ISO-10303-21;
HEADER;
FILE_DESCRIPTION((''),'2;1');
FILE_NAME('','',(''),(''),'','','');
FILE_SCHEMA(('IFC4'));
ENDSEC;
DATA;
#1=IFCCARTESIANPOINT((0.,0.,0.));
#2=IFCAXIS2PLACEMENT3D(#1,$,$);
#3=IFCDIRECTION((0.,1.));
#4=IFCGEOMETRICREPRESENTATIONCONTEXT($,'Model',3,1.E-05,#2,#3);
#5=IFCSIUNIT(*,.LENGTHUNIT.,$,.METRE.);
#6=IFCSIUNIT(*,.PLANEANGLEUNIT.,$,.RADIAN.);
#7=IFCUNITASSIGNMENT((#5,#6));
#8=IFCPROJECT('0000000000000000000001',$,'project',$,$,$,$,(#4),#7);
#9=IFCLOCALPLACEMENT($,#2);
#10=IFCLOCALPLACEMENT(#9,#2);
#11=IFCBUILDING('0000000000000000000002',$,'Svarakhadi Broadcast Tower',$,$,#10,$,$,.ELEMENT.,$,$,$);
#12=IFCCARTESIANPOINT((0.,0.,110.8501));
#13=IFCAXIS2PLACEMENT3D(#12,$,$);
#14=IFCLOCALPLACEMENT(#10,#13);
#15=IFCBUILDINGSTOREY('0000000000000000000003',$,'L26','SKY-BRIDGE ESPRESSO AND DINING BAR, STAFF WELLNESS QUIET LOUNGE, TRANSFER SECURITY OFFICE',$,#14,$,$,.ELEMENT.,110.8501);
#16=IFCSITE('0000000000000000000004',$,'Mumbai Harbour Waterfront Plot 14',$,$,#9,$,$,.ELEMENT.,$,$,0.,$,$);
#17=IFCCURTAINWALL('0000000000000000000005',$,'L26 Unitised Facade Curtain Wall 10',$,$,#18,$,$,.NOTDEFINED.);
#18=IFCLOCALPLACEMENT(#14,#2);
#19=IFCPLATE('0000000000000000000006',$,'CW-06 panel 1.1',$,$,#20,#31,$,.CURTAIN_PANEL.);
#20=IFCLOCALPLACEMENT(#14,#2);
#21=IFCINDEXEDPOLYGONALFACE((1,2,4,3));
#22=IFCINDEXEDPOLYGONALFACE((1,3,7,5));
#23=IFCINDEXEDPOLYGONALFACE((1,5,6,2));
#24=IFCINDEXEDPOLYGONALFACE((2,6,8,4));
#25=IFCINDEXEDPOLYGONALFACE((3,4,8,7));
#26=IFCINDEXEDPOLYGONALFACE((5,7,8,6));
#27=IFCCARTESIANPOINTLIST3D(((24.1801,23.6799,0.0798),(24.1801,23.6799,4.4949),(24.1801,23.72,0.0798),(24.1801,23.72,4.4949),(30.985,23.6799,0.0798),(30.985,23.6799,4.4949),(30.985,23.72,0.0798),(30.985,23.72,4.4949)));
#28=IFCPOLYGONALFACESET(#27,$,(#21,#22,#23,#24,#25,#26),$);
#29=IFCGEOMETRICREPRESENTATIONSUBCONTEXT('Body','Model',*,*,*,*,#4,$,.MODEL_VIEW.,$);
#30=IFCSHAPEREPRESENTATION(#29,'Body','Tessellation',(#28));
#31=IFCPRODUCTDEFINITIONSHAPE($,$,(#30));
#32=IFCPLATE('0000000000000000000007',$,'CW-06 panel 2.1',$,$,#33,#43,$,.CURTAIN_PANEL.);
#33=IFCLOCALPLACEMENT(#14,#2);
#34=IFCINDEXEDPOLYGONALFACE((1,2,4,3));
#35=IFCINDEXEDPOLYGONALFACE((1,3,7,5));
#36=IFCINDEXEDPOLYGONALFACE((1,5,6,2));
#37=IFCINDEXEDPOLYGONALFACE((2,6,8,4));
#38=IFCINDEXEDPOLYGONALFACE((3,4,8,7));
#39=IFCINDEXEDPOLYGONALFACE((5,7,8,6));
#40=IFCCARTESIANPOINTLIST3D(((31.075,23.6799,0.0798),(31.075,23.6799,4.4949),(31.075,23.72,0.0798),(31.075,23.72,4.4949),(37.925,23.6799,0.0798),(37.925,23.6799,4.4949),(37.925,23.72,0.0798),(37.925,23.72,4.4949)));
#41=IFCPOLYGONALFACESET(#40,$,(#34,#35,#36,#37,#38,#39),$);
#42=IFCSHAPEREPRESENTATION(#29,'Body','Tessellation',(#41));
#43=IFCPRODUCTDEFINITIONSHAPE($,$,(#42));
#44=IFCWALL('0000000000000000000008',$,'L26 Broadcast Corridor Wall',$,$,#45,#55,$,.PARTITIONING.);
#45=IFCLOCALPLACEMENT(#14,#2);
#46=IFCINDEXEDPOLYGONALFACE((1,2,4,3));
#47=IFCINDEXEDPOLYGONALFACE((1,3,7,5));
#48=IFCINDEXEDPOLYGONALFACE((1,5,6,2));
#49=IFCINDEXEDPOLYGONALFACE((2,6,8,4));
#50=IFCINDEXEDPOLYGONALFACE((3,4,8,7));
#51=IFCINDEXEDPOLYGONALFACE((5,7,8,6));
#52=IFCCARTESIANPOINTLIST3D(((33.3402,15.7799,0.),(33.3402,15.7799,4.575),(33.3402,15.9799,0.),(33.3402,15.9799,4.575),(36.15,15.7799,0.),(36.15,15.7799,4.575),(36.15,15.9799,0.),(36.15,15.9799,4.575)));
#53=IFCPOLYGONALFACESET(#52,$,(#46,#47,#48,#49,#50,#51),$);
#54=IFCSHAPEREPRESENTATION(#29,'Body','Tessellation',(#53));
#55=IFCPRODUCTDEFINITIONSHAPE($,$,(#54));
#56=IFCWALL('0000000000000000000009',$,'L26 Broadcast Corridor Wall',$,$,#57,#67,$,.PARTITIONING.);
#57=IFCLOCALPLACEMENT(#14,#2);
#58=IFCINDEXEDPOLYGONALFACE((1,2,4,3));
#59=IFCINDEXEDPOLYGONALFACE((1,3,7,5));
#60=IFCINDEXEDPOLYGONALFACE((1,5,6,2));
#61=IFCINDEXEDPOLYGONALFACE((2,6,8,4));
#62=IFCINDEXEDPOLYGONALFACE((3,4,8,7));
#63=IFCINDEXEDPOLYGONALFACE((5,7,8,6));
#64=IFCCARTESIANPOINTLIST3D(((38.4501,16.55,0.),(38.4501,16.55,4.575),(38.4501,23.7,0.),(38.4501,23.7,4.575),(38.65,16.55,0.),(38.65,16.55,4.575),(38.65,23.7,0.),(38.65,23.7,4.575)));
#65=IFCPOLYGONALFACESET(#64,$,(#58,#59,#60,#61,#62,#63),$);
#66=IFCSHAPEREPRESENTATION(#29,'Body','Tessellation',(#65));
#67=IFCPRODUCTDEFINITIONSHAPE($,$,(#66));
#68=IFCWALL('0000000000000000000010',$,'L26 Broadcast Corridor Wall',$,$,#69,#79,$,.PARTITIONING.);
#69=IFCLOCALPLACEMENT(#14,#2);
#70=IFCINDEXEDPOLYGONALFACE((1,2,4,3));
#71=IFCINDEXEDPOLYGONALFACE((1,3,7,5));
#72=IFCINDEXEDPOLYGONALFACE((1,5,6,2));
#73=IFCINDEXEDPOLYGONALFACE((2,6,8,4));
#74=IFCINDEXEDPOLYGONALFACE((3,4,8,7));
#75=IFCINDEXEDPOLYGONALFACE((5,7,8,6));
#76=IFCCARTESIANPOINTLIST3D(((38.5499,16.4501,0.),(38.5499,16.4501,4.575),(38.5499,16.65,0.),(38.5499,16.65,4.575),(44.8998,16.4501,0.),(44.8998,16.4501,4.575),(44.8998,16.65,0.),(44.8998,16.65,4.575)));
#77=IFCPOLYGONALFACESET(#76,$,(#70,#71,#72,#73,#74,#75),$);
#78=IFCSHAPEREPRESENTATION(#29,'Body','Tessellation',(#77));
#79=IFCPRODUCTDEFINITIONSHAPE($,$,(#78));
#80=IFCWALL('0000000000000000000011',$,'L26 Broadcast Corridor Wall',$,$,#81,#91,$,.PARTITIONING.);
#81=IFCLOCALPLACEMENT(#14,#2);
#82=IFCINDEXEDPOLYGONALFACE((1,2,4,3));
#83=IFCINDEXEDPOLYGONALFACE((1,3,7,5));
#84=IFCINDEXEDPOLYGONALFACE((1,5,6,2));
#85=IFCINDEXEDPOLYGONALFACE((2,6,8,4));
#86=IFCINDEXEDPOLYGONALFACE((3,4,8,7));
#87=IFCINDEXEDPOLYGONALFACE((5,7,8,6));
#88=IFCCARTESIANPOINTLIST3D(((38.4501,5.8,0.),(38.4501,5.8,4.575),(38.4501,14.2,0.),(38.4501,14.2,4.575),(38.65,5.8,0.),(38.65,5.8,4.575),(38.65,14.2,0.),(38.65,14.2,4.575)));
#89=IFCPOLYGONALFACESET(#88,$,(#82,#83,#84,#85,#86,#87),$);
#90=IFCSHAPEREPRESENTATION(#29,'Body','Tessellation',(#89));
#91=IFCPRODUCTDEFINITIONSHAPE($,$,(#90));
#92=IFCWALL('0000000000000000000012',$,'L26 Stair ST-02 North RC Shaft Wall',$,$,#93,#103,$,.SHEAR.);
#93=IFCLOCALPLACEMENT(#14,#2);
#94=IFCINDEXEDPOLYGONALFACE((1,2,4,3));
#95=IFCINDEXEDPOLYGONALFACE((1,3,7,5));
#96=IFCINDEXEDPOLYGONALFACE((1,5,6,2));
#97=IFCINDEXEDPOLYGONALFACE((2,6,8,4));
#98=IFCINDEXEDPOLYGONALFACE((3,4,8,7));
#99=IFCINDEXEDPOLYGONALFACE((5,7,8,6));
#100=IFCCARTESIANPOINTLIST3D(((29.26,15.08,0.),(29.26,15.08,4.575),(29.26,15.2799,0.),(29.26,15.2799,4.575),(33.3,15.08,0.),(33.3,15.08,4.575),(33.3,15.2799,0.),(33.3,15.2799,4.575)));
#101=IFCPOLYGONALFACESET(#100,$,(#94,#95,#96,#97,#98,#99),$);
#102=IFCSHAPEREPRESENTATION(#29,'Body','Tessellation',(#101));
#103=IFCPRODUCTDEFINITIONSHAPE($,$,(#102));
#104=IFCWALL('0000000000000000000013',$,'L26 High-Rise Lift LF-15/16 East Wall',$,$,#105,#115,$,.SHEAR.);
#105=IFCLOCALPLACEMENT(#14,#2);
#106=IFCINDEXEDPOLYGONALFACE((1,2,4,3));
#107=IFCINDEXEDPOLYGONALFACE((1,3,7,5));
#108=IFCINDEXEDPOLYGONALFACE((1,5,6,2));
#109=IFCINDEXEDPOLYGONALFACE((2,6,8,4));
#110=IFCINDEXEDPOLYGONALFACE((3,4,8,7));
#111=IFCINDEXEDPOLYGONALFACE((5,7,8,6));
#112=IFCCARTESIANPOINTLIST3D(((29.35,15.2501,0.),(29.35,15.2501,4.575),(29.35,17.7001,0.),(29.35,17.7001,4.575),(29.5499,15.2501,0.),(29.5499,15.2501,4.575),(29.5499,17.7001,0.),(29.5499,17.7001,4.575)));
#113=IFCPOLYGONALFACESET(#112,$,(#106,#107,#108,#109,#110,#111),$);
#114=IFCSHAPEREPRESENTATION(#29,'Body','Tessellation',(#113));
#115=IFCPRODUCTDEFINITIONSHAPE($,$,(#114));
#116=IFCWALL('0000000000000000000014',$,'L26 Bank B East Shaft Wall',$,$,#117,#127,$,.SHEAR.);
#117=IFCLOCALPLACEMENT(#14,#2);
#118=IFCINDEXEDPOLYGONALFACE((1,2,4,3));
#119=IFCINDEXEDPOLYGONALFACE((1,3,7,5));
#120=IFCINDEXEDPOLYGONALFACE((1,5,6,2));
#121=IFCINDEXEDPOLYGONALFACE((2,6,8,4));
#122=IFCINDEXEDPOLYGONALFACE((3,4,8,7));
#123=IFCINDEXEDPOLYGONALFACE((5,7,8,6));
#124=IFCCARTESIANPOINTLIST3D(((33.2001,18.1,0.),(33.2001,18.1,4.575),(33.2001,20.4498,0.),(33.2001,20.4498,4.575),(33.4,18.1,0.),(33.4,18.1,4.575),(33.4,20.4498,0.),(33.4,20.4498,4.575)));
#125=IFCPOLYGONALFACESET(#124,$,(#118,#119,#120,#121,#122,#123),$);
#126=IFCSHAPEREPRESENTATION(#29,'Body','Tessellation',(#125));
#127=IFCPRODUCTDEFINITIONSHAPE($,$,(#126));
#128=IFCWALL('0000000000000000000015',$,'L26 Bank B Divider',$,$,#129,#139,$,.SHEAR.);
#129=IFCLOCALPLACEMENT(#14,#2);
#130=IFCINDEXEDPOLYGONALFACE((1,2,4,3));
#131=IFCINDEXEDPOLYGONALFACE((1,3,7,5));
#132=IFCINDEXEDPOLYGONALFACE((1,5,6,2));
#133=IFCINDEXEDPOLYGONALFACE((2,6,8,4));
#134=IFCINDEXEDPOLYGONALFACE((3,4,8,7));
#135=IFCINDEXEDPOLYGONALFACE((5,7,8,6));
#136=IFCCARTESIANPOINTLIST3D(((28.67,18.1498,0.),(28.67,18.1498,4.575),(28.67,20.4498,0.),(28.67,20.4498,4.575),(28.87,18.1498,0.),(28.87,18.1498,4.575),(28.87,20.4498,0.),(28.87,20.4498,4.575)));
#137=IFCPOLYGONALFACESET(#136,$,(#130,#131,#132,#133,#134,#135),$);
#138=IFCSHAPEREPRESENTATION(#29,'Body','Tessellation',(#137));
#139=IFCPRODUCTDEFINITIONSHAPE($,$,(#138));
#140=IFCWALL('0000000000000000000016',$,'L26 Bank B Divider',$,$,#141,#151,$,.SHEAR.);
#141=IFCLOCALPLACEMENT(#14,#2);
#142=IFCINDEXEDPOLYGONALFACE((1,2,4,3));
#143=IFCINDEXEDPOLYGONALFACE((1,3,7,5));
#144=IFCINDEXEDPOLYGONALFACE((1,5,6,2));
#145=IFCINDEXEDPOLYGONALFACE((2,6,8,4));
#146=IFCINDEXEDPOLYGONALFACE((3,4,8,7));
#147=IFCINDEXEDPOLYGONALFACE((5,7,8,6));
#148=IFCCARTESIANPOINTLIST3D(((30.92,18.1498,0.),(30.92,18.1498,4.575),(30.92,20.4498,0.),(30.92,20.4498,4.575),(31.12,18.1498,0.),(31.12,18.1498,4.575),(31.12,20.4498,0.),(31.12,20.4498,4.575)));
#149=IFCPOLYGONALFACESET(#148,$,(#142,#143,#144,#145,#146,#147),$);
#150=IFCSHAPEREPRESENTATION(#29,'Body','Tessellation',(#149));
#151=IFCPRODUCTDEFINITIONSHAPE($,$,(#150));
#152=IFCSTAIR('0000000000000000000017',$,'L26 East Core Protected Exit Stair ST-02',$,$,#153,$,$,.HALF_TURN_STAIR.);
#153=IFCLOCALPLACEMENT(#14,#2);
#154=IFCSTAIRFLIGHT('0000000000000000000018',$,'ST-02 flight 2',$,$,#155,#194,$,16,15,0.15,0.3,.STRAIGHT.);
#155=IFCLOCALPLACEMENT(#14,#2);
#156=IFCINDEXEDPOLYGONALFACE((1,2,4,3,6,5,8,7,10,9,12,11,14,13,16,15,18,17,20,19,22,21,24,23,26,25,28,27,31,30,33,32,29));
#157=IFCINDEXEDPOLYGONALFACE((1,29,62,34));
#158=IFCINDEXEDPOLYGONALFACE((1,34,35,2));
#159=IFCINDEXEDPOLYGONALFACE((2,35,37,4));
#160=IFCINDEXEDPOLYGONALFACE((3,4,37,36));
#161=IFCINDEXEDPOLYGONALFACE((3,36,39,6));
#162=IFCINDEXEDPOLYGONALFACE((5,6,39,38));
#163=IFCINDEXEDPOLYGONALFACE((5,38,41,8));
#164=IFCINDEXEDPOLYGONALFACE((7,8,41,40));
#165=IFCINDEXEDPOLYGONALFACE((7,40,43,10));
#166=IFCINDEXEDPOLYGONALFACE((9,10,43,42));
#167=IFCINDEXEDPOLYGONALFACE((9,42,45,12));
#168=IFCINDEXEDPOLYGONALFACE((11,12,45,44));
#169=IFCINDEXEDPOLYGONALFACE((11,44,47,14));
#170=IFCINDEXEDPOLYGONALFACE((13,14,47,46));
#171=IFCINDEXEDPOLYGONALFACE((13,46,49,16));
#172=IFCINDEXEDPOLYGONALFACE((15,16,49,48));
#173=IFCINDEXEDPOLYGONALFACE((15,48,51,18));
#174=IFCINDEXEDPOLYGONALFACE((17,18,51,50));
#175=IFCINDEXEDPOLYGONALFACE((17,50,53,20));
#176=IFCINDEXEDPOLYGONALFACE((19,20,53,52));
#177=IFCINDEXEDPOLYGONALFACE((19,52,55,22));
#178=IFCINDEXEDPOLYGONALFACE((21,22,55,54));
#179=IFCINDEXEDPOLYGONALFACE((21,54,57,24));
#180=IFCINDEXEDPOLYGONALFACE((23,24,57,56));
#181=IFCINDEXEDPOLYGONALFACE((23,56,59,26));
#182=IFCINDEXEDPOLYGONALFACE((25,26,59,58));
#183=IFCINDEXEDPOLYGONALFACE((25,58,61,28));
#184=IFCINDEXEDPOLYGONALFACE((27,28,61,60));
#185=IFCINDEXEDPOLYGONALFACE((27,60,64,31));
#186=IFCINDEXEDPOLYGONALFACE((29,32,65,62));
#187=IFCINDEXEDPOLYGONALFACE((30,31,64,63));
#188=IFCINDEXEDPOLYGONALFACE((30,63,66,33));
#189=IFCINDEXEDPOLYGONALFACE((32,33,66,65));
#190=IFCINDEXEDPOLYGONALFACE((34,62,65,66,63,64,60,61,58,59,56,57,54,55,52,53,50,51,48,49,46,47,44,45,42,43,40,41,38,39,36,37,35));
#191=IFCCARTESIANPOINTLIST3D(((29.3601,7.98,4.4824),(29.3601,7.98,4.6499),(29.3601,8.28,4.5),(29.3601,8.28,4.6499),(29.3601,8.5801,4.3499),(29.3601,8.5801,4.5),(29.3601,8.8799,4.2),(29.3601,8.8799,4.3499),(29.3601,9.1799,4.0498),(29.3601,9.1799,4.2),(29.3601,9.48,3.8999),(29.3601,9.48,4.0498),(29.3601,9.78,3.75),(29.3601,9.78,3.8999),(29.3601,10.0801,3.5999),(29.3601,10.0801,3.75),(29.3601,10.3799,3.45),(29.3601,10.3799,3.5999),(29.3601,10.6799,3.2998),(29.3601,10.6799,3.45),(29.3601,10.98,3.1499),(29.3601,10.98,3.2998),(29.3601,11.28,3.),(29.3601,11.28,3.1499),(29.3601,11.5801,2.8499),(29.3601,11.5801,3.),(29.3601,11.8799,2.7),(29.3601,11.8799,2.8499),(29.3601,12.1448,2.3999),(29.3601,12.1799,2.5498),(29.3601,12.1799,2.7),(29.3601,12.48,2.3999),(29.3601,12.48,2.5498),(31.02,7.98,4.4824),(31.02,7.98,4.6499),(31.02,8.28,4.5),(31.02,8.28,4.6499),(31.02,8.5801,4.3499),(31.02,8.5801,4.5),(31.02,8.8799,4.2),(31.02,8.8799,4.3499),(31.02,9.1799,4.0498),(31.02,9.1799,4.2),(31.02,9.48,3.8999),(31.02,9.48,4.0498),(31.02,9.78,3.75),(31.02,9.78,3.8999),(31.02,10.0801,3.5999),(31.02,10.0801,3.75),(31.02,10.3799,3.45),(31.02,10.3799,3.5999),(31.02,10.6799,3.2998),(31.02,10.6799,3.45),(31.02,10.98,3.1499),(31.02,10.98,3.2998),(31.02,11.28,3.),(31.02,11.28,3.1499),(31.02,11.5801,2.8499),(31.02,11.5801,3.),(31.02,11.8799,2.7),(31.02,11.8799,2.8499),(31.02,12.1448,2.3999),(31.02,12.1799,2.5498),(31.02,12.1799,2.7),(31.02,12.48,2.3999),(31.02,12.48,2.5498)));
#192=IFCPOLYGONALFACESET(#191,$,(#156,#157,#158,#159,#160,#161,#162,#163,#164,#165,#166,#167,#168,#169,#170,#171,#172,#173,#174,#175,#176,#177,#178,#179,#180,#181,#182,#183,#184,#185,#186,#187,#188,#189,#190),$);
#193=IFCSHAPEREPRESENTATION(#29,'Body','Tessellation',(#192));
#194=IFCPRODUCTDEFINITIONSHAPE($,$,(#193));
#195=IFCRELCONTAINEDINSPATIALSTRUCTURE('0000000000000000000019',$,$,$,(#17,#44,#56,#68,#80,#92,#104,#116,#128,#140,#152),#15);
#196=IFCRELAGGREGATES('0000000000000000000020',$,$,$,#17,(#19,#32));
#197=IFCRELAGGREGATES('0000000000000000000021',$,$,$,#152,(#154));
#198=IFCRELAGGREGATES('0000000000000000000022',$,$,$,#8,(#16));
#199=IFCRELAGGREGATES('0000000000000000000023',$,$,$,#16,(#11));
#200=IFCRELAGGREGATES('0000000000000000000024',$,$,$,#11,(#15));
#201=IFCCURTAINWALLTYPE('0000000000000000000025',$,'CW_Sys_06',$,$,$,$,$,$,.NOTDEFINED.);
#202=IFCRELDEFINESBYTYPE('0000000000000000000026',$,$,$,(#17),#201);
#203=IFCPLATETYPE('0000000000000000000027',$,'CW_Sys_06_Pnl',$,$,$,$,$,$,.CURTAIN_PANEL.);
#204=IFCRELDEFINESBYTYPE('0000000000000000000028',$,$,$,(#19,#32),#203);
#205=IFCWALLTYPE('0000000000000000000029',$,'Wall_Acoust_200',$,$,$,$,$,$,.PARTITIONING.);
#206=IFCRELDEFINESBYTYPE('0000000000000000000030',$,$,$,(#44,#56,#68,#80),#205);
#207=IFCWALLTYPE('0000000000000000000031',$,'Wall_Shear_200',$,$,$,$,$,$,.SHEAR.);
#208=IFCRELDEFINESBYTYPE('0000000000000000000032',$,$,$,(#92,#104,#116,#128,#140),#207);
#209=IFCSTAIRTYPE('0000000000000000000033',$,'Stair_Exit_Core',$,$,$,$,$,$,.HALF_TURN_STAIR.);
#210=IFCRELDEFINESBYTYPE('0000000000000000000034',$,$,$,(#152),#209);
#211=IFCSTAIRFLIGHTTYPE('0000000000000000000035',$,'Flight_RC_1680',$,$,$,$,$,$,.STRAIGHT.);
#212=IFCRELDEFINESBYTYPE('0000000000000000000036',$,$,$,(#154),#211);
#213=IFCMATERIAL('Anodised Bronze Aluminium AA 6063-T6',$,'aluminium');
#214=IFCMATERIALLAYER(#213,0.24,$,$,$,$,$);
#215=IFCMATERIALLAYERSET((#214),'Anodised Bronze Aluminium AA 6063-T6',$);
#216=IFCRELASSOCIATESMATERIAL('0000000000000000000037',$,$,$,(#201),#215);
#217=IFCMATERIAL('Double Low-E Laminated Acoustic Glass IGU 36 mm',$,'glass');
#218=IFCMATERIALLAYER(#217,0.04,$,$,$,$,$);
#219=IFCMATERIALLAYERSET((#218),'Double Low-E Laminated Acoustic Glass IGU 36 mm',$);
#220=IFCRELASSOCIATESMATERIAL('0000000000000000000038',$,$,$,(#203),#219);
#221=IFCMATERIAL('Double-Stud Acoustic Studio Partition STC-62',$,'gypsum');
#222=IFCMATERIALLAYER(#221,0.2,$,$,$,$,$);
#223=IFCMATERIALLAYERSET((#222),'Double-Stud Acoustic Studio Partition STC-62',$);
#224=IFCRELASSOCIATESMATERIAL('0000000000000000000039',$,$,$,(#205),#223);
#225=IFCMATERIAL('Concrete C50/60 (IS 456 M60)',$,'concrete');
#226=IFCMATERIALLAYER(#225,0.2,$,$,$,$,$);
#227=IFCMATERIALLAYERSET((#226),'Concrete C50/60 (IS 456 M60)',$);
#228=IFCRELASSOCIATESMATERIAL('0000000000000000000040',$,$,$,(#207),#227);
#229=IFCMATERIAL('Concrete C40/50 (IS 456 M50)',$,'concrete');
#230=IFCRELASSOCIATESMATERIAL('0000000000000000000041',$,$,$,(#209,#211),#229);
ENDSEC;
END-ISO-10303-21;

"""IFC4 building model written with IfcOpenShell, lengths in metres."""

from ifc_helpers import new_model, si_unit, direction, frame, frame_2d, origin, origin_2d, place, context, subcontext, project, spatial, polyline, rectangle, outline, extrude, material, layer, layer_set, type_object, element, aggregate, save


model = new_model("IFC4")

# Units and contexts
model_context = context("Model", 3, precision=1e-05, world=origin(), true_north=direction((0.0, 1.0)))
body_context = subcontext(model_context, "Body", "Model", "MODEL_VIEW")
ifc_project = project(units=[si_unit("LENGTHUNIT", "METRE"), si_unit("PLANEANGLEUNIT", "RADIAN")], contexts=[model_context])

# Site, building, storey
site_placement = place(None, origin())
site = spatial("IfcSite", under=ifc_project, at=site_placement, Name="Mumbai Harbour Waterfront Plot 14", CompositionType="ELEMENT", RefElevation=0.0)
building_placement = place(site_placement, origin())
building = spatial("IfcBuilding", under=site, at=building_placement, Name="Svarakhadi Broadcast Tower", CompositionType="ELEMENT")
storey_placement = place(building_placement, frame((0.0, 0.0, 110.8501)))
storey = spatial("IfcBuildingStorey", under=building, at=storey_placement, Name="L26", Description="SKY-BRIDGE ESPRESSO AND DINING BAR, STAFF WELLNESS QUIET LOUNGE, TRANSFER SECURITY OFFICE", CompositionType="ELEMENT", Elevation=110.8501)

# Shared definitions
ifc_material_1 = material(Name="Concrete C50/60 (IS 456 M60)", Category="concrete")

# Curtain wall
ifc_material_2 = material(Name="Anodised Bronze Aluminium AA 6063-T6", Category="aluminium")
ifc_layer_1 = layer(ifc_material_2, 0.24)
ifc_layer_set_1 = layer_set([ifc_layer_1], Name="Anodised Bronze Aluminium AA 6063-T6")
curtain_wall_type = type_object("IfcCurtainWallType", Name="CW_Sys_06", PredefinedType="NOTDEFINED", material=ifc_layer_set_1)
curtain_wall_placement = place(storey_placement, origin())
curtain_wall = element("IfcCurtainWall", 1, at=curtain_wall_placement, inside=storey, type_object=curtain_wall_type, Name="L26 Unitised Facade Curtain Wall 10", PredefinedType="NOTDEFINED")

# Plates
ifc_material_3 = material(Name="Double Low-E Laminated Acoustic Glass IGU 36 mm", Category="glass")
ifc_layer_2 = layer(ifc_material_3, 0.04)
ifc_layer_set_2 = layer_set([ifc_layer_2], Name="Double Low-E Laminated Acoustic Glass IGU 36 mm")
plate_type = type_object("IfcPlateType", Name="CW_Sys_06_Pnl", PredefinedType="CURTAIN_PANEL", material=ifc_layer_set_2)
plate_1_placement = place(storey_placement, frame((27.5825, 23.7, 0.0798), z_axis=(0.0, 0.0, 1.0), x_axis=(1.0, 0.0, 0.0)))
plate_1 = element("IfcPlate", 2, at=plate_1_placement, type_object=plate_type, Name="CW-06 panel 1.1", PredefinedType="CURTAIN_PANEL", context=body_context, shape_type="SweptSolid", body=[
    extrude(rectangle(XDim=6.8049, YDim=0.04, at=origin_2d()), origin(), (0.0, 0.0, 1.0), 4.415),
])
plate_2_placement = place(storey_placement, frame((34.5, 23.7, 0.0798), z_axis=(0.0, 0.0, 1.0), x_axis=(1.0, 0.0, 0.0)))
plate_2 = element("IfcPlate", 3, at=plate_2_placement, type_object=plate_type, Name="CW-06 panel 2.1", PredefinedType="CURTAIN_PANEL", context=body_context, shape_type="SweptSolid", body=[
    extrude(rectangle(XDim=6.8501, YDim=0.04, at=origin_2d()), origin(), (0.0, 0.0, 1.0), 4.415),
])
aggregate(curtain_wall, [plate_1, plate_2])

# Walls
ifc_material_4 = material(Name="Double-Stud Acoustic Studio Partition STC-62", Category="gypsum")
ifc_layer_3 = layer(ifc_material_4, 0.2)
ifc_layer_set_3 = layer_set([ifc_layer_3], Name="Double-Stud Acoustic Studio Partition STC-62")
wall_type_1 = type_object("IfcWallType", Name="Wall_Acoust_200", PredefinedType="PARTITIONING", material=ifc_layer_set_3)
wall_1_placement = place(storey_placement, frame((36.1499, 15.8799, 0.0), z_axis=(0.0, 0.0, 1.0), x_axis=(-1.0, 0.0, 0.0)))
element("IfcWall", 4, at=wall_1_placement, inside=storey, type_object=wall_type_1, Name="L26 Broadcast Corridor Wall", PredefinedType="PARTITIONING", context=body_context, shape_type="SweptSolid", body=[
    extrude(rectangle(XDim=2.8098, YDim=0.2, at=frame_2d((1.4048, 0.0))), origin(), (0.0, 0.0, 1.0), 4.575),
])
wall_2_placement = place(storey_placement, frame((38.55, 23.7, 0.0), z_axis=(0.0, 0.0, 1.0), x_axis=(0.0, -1.0, 0.0)))
element("IfcWall", 5, at=wall_2_placement, inside=storey, type_object=wall_type_1, Name="L26 Broadcast Corridor Wall", PredefinedType="PARTITIONING", context=body_context, shape_type="SweptSolid", body=[
    extrude(rectangle(XDim=7.1499, YDim=0.2, at=frame_2d((3.575, 0.0))), origin(), (0.0, 0.0, 1.0), 4.575),
])
wall_3_placement = place(storey_placement, frame((38.55, 16.55, 0.0), z_axis=(0.0, 0.0, 1.0), x_axis=(1.0, 0.0, 0.0)))
element("IfcWall", 6, at=wall_3_placement, inside=storey, type_object=wall_type_1, Name="L26 Broadcast Corridor Wall", PredefinedType="PARTITIONING", context=body_context, shape_type="SweptSolid", body=[
    extrude(rectangle(XDim=6.3499, YDim=0.2, at=frame_2d((3.1748, 0.0))), origin(), (0.0, 0.0, 1.0), 4.575),
])
wall_4_placement = place(storey_placement, frame((38.55, 14.2, 0.0), z_axis=(0.0, 0.0, 1.0), x_axis=(0.0, -1.0, 0.0)))
element("IfcWall", 7, at=wall_4_placement, inside=storey, type_object=wall_type_1, Name="L26 Broadcast Corridor Wall", PredefinedType="PARTITIONING", context=body_context, shape_type="SweptSolid", body=[
    extrude(rectangle(XDim=8.3999, YDim=0.2, at=frame_2d((4.2, 0.0))), origin(), (0.0, 0.0, 1.0), 4.575),
])
ifc_layer_4 = layer(ifc_material_1, 0.2)
ifc_layer_set_4 = layer_set([ifc_layer_4], Name="Concrete C50/60 (IS 456 M60)")
wall_type_2 = type_object("IfcWallType", Name="Wall_Shear_200", PredefinedType="SHEAR", material=ifc_layer_set_4)
wall_5_placement = place(storey_placement, frame((29.26, 15.1799, 0.0), z_axis=(0.0, 0.0, 1.0), x_axis=(1.0, 0.0, 0.0)))
element("IfcWall", 8, at=wall_5_placement, inside=storey, type_object=wall_type_2, Name="L26 Stair ST-02 North RC Shaft Wall", PredefinedType="SHEAR", context=body_context, shape_type="SweptSolid", body=[
    extrude(rectangle(XDim=4.04, YDim=0.2, at=frame_2d((2.02, 0.0))), origin(), (0.0, 0.0, 1.0), 4.575),
])
wall_6_placement = place(storey_placement, frame((29.45, 15.25, 0.0), z_axis=(0.0, 0.0, 1.0), x_axis=(0.0, 1.0, 0.0)))
element("IfcWall", 9, at=wall_6_placement, inside=storey, type_object=wall_type_2, Name="L26 High-Rise Lift LF-15/16 East Wall", PredefinedType="SHEAR", context=body_context, shape_type="SweptSolid", body=[
    extrude(rectangle(XDim=2.45, YDim=0.2, at=frame_2d((1.2251, 0.0))), origin(), (0.0, 0.0, 1.0), 4.575),
])
wall_7_placement = place(storey_placement, frame((33.3, 18.1001, 0.0), z_axis=(0.0, 0.0, 1.0), x_axis=(0.0, 1.0, 0.0)))
element("IfcWall", 10, at=wall_7_placement, inside=storey, type_object=wall_type_2, Name="L26 Bank B East Shaft Wall", PredefinedType="SHEAR", context=body_context, shape_type="SweptSolid", body=[
    extrude(rectangle(XDim=2.3499, YDim=0.2, at=frame_2d((1.1748, 0.0))), origin(), (0.0, 0.0, 1.0), 4.575),
])
for number, where, z_axis, x_axis, name in (
    (11, (28.77, 18.1499, 0.0), (0.0, 0.0, 1.0), (0.0, 1.0, 0.0), "L26 Bank B Divider"),
    (12, (31.02, 18.1499, 0.0), (0.0, 0.0, 1.0), (0.0, 1.0, 0.0), "L26 Bank B Divider"),
):
    element("IfcWall", number, at=place(storey_placement, frame(where, z_axis=z_axis, x_axis=x_axis)), inside=storey, type_object=wall_type_2, Name=name, PredefinedType="SHEAR", context=body_context, shape_type="SweptSolid", body=[
        extrude(rectangle(XDim=2.3, YDim=0.2, at=frame_2d((1.1499, 0.0))), origin(), (0.0, 0.0, 1.0), 4.575),
    ])

# Stair, stair flight
ifc_material_5 = material(Name="Concrete C40/50 (IS 456 M50)", Category="concrete")
stair_type = type_object("IfcStairType", Name="Stair_Exit_Core", PredefinedType="HALF_TURN_STAIR", material=ifc_material_5)
stair_placement = place(storey_placement, origin())
stair = element("IfcStair", 13, at=stair_placement, inside=storey, type_object=stair_type, Name="L26 East Core Protected Exit Stair ST-02", PredefinedType="HALF_TURN_STAIR")
stair_flight_type = type_object("IfcStairFlightType", Name="Flight_RC_1680", PredefinedType="STRAIGHT", material=ifc_material_5)
stair_flight_placement = place(storey_placement, frame((30.1899, 12.48, 2.3999), z_axis=(0.0, 0.0, 1.0), x_axis=(0.0, -1.0, 0.0)))
stair_flight = element("IfcStairFlight", 14, at=stair_flight_placement, type_object=stair_flight_type, Name="ST-02 flight 2", NumberOfRisers=16, NumberOfTreads=15, PredefinedType="STRAIGHT", RiserHeight=0.15, TreadLength=0.3, context=body_context, shape_type="SweptSolid", body=[
    extrude(outline(polyline([(0.0, 0.0), (0.0, 0.1499), (0.3, 0.1499), (0.3, 0.3), (0.6001, 0.3), (0.6001, 0.45), (0.8999, 0.45), (0.8999, 0.6001), (1.2, 0.6001), (1.2, 0.75), (1.5, 0.75), (1.5, 0.8999), (1.8, 0.8999), (1.8, 1.05), (2.1001, 1.05), (2.1001, 1.2), (2.3999, 1.2), (2.3999, 1.3501), (2.7, 1.3501), (2.7, 1.5), (3.0, 1.5), (3.0, 1.6499), (3.3, 1.6499), (3.3, 1.8), (3.6001, 1.8), (3.6001, 1.95), (3.8999, 1.95), (3.8999, 2.1001), (4.2, 2.1001), (4.2, 2.25), (4.5, 2.25), (4.5, 2.3999), (4.5, 2.0825), (0.3352, 0.0), (0.0, 0.0)])), frame((0.0, 0.8301, 0.0), z_axis=(0.0, -1.0, 0.0), x_axis=(1.0, 0.0, 0.0)), (0.0, 0.0, 1.0), 1.6599),
])
aggregate(stair, [stair_flight])

save(model, "model.ifc")
